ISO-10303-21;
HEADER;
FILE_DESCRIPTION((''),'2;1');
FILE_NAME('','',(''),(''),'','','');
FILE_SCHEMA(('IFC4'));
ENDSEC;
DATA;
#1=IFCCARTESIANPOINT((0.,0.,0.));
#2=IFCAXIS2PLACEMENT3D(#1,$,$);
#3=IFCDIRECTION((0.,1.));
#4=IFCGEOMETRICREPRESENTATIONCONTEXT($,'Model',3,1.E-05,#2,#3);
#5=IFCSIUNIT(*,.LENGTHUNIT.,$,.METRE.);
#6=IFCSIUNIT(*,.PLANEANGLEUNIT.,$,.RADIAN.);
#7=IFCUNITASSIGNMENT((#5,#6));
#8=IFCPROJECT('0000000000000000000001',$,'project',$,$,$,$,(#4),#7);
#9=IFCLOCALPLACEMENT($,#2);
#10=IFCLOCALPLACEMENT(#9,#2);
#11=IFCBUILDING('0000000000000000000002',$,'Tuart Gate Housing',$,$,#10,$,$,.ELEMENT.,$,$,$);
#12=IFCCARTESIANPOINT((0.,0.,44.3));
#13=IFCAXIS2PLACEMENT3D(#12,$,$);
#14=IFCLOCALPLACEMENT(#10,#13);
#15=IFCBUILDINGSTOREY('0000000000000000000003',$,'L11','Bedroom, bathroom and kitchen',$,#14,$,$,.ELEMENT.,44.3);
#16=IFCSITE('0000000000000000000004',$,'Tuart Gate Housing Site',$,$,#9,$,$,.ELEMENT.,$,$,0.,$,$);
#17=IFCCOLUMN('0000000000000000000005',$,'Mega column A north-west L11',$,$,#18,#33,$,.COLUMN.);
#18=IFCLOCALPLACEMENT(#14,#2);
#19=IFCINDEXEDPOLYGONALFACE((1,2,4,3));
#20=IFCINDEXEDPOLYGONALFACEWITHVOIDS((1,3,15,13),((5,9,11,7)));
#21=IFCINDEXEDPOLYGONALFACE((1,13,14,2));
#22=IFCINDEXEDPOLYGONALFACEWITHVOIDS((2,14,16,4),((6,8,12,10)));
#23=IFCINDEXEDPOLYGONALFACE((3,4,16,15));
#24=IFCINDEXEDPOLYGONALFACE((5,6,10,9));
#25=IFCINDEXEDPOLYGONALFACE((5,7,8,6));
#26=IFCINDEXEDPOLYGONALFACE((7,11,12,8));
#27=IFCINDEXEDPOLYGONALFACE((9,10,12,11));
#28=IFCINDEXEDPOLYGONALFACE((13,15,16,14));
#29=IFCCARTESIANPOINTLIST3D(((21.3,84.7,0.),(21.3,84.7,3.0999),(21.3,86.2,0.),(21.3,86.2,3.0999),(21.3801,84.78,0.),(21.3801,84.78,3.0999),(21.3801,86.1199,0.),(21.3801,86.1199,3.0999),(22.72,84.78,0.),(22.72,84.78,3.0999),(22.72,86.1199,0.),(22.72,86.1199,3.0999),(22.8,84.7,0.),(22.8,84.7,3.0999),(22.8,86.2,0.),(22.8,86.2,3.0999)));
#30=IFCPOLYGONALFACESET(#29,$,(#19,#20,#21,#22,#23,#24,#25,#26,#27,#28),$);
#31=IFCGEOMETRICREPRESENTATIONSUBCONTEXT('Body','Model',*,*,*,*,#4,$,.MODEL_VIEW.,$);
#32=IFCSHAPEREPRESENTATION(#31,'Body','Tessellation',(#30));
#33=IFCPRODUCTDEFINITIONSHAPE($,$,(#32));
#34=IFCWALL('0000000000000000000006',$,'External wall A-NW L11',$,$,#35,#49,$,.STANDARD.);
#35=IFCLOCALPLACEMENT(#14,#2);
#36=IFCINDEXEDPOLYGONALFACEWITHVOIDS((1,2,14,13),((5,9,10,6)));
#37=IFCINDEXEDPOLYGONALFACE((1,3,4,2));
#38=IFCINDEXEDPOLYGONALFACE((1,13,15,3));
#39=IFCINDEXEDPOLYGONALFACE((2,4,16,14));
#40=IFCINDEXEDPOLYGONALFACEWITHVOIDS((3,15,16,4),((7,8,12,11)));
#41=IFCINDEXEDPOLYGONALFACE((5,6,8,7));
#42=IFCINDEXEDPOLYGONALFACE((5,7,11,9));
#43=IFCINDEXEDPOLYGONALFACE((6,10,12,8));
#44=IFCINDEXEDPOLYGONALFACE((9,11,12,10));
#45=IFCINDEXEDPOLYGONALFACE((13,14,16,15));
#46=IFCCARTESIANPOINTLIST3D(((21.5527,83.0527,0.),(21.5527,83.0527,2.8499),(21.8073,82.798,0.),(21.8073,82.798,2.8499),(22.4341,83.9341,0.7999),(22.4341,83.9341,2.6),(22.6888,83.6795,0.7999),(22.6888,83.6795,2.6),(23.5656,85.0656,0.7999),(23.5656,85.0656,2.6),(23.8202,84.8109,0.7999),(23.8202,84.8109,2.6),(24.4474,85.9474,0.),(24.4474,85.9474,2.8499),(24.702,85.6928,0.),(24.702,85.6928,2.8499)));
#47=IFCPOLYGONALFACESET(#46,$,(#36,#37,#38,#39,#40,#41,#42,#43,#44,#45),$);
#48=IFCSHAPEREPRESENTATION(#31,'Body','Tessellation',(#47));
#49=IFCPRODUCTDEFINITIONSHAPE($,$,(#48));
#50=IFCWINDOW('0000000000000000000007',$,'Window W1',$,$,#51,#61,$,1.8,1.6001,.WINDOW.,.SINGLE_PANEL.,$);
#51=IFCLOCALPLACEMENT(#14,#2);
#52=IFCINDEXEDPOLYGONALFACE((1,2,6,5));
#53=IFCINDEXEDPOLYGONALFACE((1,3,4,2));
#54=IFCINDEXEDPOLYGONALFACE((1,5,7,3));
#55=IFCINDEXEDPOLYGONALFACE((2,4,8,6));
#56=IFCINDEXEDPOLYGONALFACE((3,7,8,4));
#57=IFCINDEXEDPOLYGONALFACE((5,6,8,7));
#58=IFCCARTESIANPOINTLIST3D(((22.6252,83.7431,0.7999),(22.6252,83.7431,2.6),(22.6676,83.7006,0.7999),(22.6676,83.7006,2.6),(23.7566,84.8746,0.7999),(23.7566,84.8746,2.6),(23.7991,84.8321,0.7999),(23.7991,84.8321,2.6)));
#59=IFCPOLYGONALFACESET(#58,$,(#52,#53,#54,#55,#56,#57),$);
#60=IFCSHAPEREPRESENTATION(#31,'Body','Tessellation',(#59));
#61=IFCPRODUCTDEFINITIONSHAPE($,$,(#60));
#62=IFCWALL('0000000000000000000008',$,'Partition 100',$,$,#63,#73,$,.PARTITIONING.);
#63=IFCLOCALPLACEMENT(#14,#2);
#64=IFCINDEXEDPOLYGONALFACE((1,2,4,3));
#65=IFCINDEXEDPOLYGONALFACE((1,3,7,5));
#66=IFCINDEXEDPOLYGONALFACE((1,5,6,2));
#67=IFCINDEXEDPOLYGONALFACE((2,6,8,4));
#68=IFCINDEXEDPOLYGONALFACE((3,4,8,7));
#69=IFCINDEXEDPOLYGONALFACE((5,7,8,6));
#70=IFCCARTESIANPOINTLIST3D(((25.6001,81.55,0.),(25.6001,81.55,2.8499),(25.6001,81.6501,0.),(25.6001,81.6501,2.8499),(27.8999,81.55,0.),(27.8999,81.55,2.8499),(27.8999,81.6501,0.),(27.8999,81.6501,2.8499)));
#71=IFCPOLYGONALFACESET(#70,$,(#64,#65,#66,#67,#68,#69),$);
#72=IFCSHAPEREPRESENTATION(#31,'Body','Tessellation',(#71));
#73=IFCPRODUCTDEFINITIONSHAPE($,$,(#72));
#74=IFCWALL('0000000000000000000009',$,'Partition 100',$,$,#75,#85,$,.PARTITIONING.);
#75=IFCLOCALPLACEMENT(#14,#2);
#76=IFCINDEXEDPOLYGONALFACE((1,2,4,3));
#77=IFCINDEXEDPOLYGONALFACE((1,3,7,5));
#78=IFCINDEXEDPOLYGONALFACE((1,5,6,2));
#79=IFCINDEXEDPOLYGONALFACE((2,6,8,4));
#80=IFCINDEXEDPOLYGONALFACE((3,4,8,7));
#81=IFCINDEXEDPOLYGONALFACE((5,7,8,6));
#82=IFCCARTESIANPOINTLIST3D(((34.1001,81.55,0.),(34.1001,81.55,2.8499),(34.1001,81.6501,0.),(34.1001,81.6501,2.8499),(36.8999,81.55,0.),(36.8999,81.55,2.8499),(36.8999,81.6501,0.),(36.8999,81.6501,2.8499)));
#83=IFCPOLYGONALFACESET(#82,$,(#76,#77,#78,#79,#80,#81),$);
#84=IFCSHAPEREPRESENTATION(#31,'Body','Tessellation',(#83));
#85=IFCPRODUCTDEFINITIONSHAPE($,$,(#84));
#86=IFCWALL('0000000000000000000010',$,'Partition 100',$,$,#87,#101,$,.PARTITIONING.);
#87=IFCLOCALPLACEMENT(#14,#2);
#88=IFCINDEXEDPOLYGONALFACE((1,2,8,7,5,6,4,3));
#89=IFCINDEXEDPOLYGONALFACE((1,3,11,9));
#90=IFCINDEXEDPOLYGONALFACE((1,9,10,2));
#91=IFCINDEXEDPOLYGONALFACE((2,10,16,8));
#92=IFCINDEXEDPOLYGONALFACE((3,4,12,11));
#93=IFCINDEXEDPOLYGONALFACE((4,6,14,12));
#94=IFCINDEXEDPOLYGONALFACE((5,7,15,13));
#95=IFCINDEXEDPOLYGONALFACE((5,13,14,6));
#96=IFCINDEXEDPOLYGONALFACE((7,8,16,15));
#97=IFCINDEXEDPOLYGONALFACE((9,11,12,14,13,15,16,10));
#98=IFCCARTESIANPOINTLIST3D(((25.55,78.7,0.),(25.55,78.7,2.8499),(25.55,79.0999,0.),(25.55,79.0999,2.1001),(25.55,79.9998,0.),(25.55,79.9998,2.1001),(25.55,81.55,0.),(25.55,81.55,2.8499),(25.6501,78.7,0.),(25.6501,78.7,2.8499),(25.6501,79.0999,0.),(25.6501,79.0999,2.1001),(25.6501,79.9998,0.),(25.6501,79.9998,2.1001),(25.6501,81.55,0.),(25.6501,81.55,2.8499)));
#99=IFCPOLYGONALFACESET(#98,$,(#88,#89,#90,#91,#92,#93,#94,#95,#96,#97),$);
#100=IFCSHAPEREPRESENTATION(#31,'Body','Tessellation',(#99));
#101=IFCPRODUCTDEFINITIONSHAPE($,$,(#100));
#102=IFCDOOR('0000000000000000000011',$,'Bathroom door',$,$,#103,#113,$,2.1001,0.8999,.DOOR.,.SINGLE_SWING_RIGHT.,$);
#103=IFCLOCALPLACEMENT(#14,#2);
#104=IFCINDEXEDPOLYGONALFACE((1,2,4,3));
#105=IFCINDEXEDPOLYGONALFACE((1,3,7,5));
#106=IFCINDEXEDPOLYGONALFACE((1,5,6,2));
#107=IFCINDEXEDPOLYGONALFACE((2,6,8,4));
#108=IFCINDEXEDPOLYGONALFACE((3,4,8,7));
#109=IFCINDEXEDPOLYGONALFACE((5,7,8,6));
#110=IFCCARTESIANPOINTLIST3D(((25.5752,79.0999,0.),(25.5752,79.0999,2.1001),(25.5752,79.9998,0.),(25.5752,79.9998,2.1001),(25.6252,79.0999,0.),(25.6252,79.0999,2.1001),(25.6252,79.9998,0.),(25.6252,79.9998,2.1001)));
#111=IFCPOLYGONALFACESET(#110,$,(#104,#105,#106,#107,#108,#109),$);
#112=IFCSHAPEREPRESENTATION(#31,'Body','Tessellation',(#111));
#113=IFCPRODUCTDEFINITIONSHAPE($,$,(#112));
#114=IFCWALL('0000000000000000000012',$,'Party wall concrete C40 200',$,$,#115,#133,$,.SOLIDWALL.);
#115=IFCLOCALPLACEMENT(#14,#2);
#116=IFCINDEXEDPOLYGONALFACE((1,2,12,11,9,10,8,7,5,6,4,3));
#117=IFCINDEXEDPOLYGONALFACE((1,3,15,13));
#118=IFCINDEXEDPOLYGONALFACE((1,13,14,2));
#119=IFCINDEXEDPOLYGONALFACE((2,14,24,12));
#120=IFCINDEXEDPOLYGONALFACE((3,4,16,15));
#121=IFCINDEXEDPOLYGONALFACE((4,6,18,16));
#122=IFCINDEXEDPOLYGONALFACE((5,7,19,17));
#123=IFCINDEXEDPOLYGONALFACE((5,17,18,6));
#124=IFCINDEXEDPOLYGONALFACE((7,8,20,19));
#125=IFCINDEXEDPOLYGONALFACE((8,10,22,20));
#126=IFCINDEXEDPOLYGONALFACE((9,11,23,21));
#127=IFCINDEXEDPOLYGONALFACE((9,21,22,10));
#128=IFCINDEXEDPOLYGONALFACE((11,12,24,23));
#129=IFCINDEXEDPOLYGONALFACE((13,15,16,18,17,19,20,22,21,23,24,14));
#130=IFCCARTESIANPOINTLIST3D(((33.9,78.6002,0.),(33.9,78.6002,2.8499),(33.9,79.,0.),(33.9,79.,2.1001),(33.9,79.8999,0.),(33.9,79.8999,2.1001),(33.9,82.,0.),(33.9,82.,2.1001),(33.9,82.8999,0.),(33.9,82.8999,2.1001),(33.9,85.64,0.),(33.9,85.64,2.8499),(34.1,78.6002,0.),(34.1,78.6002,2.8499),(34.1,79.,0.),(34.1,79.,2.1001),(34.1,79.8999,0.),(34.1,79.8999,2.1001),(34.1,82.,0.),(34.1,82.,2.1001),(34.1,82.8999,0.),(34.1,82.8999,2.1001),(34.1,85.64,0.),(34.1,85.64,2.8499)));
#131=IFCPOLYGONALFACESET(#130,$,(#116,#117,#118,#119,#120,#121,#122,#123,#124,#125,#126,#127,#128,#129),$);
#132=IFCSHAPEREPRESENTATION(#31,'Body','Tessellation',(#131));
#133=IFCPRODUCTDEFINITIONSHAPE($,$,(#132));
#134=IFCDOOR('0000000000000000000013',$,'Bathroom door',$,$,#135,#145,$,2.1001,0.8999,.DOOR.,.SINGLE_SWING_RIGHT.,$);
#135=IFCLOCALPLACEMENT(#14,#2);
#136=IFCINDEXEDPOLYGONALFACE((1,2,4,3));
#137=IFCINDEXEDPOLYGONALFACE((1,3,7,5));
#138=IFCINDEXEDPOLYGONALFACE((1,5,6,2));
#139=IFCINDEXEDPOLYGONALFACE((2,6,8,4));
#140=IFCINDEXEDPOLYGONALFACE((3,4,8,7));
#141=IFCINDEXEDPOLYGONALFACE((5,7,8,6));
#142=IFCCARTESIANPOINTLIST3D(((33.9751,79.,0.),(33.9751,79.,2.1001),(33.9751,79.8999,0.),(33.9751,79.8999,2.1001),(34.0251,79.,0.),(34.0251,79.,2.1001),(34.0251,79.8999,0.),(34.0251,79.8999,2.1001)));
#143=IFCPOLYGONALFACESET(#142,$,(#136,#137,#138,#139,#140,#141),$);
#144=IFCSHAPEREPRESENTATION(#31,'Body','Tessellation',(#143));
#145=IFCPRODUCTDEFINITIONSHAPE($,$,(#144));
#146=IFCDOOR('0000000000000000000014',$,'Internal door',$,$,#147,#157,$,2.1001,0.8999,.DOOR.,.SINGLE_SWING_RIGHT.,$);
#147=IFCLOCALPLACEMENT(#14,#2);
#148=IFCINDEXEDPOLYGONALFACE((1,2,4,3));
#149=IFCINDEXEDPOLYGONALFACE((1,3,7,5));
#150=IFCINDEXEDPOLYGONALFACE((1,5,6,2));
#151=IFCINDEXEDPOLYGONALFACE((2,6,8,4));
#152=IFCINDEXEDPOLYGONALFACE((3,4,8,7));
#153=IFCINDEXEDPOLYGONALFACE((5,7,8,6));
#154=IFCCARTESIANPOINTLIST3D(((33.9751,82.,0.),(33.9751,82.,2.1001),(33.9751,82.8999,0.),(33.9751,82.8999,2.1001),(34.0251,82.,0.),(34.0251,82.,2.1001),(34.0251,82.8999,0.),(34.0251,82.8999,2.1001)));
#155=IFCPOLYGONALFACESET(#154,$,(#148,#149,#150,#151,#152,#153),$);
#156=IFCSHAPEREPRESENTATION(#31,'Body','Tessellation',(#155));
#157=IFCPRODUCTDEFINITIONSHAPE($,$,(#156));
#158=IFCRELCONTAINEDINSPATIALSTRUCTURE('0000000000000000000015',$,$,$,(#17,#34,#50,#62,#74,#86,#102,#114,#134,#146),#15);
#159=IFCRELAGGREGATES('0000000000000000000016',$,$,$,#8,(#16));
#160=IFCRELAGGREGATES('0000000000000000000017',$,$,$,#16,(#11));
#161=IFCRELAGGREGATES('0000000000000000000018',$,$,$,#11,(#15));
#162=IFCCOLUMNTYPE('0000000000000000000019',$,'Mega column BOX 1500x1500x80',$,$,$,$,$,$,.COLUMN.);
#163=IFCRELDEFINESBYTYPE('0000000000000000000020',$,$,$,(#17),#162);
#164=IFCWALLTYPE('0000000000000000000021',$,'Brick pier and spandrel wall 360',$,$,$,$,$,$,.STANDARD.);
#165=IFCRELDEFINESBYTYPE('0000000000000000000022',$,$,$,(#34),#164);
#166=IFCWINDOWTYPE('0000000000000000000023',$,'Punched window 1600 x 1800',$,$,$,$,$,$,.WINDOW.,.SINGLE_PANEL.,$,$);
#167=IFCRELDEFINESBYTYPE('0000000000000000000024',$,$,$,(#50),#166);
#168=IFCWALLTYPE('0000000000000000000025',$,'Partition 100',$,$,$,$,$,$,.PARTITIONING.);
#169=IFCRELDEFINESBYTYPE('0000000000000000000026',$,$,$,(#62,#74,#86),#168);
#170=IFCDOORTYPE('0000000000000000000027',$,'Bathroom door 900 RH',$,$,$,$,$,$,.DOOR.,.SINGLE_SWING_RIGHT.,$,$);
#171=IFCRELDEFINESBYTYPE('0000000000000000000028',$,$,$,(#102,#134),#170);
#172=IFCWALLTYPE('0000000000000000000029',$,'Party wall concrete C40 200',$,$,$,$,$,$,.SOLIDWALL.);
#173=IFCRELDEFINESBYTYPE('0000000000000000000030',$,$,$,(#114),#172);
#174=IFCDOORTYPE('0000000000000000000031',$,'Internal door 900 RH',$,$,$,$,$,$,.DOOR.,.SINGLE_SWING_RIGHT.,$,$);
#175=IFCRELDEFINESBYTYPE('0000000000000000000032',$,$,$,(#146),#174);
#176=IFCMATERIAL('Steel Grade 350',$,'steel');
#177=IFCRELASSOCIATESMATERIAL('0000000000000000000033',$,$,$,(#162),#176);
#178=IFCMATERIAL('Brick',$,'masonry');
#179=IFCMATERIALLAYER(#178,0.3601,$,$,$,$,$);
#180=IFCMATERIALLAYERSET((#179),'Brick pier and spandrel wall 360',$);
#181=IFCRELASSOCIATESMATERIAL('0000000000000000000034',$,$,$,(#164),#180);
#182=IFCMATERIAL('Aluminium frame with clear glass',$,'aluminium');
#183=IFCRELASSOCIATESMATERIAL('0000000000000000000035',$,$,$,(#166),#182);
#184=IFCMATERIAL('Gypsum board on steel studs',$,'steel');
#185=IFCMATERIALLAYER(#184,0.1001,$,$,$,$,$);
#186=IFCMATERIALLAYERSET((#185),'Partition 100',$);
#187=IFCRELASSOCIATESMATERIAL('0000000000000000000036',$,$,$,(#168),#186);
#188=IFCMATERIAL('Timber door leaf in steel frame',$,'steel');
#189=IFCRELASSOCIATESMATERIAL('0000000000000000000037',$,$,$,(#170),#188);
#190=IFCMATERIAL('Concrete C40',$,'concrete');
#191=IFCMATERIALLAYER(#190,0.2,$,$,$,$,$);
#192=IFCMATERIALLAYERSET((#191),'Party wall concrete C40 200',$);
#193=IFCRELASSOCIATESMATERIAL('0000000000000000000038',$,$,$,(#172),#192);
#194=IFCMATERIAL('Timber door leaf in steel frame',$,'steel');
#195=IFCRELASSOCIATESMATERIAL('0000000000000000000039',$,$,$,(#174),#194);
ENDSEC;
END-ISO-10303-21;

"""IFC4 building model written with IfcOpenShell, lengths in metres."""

from ifc_helpers import new_model, si_unit, direction, frame, frame_2d, origin, origin_2d, place, context, subcontext, project, spatial, rectangle, hollow_rectangle, extrude, material, layer, layer_set, material_profile, profile_set, type_object, element, fill, save


model = new_model("IFC4")

# Units and contexts
model_context = context("Model", 3, precision=1e-05, world=origin(), true_north=direction((0.0, 1.0)))
body_context = subcontext(model_context, "Body", "Model", "MODEL_VIEW")
ifc_project = project(units=[si_unit("LENGTHUNIT", "METRE"), si_unit("PLANEANGLEUNIT", "RADIAN")], contexts=[model_context])

# Site, building, storey
site_placement = place(None, origin())
site = spatial("IfcSite", under=ifc_project, at=site_placement, Name="Tuart Gate Housing Site", CompositionType="ELEMENT", RefElevation=0.0)
building_placement = place(site_placement, origin())
building = spatial("IfcBuilding", under=site, at=building_placement, Name="Tuart Gate Housing", CompositionType="ELEMENT")
storey_placement = place(building_placement, frame((0.0, 0.0, 44.3)))
storey = spatial("IfcBuildingStorey", under=building, at=storey_placement, Name="L11", Description="Bedroom, bathroom and kitchen", CompositionType="ELEMENT", Elevation=44.3)

# Column
ifc_material_1 = material(Name="Steel Grade 350", Category="steel")
ifc_material_profile = material_profile(ifc_material_1, hollow_rectangle(XDim=1.5, YDim=1.5, WallThickness=0.0801, at=origin_2d()), Name="BOX 1500x1500x80")
ifc_profile_set = profile_set([ifc_material_profile], Name="Steel Grade 350")
column_type = type_object("IfcColumnType", Name="Mega column BOX 1500x1500x80", PredefinedType="COLUMN", material=ifc_profile_set)
column_placement = place(storey_placement, frame((22.05, 85.45, 0.0), z_axis=(0.0, 0.0, 1.0), x_axis=(1.0, 0.0, 0.0)))
element("IfcColumn", 1, at=column_placement, inside=storey, type_object=column_type, Name="Mega column A north-west L11", PredefinedType="COLUMN", context=body_context, shape_type="SweptSolid", body=[
    extrude(hollow_rectangle(XDim=1.5, YDim=1.5, WallThickness=0.0801, at=origin_2d()), origin(), (0.0, 0.0, 1.0), 3.0999),
])

# Wall, opening, window
ifc_material_2 = material(Name="Brick", Category="masonry")
ifc_layer_1 = layer(ifc_material_2, 0.3601)
ifc_layer_set_1 = layer_set([ifc_layer_1], Name="Brick pier and spandrel wall 360")
wall_type_1 = type_object("IfcWallType", Name="Brick pier and spandrel wall 360", PredefinedType="STANDARD", material=ifc_layer_set_1)
wall_1_placement = place(storey_placement, frame((24.5747, 85.8201, 0.0), z_axis=(0.0, 0.0, 1.0), x_axis=(-0.707107, -0.707107, 0.0)))
wall_1 = element("IfcWall", 2, at=wall_1_placement, inside=storey, type_object=wall_type_1, Name="External wall A-NW L11", PredefinedType="STANDARD", context=body_context, shape_type="SweptSolid", body=[
    extrude(rectangle(XDim=4.0938, YDim=0.3601, at=frame_2d((2.0469, 0.0))), origin(), (0.0, 0.0, 1.0), 2.8499),
])
opening_1_placement = place(wall_1_placement, frame((1.2471, 0.0, 0.8)))
opening_1 = element("IfcOpeningElement", 3, at=opening_1_placement, cuts=wall_1, PredefinedType="OPENING", context=body_context, shape_type="SweptSolid", body=[
    extrude(rectangle(XDim=1.6001, YDim=1.8, at=frame_2d((0.8, 0.8999))), frame((0.0, 0.1899, 0.0), z_axis=(0.0, -1.0, 0.0), x_axis=(1.0, 0.0, 0.0)), (0.0, 0.0, 1.0), 0.3801),
])
ifc_material_3 = material(Name="Aluminium frame with clear glass", Category="aluminium")
window_type_1 = type_object("IfcWindowType", Name="Punched window 1600 x 1800", PartitioningType="SINGLE_PANEL", PredefinedType="WINDOW", material=ifc_material_3)
window_1_placement = place(opening_1_placement, origin())
window_1 = element("IfcWindow", 4, at=window_1_placement, inside=storey, type_object=window_type_1, Name="Window W1", OverallHeight=1.8, OverallWidth=1.6001, PartitioningType="SINGLE_PANEL", PredefinedType="WINDOW", context=body_context, shape_type="SweptSolid", body=[
    extrude(rectangle(XDim=1.6001, YDim=1.8, at=frame_2d((0.8, 0.8999))), frame((0.0, 0.1501, 0.0), z_axis=(0.0, -1.0, 0.0), x_axis=(1.0, 0.0, 0.0)), (0.0, 0.0, 1.0), 0.0601),
])
fill(opening_1, window_1)

# Walls
ifc_material_4 = material(Name="Gypsum board on steel studs", Category="steel")
ifc_layer_2 = layer(ifc_material_4, 0.1001)
ifc_layer_set_2 = layer_set([ifc_layer_2], Name="Partition 100")
wall_type_2 = type_object("IfcWallType", Name="Partition 100", PredefinedType="PARTITIONING", material=ifc_layer_set_2)
wall_2_placement = place(storey_placement, frame((25.6001, 81.6001, 0.0), z_axis=(0.0, 0.0, 1.0), x_axis=(1.0, 0.0, 0.0)))
element("IfcWall", 5, at=wall_2_placement, inside=storey, type_object=wall_type_2, Name="Partition 100", PredefinedType="PARTITIONING", context=body_context, shape_type="SweptSolid", body=[
    extrude(rectangle(XDim=2.2998, YDim=0.1001, at=frame_2d((1.1499, 0.0))), origin(), (0.0, 0.0, 1.0), 2.8499),
])
wall_3_placement = place(storey_placement, frame((34.1001, 81.6001, 0.0), z_axis=(0.0, 0.0, 1.0), x_axis=(1.0, 0.0, 0.0)))
element("IfcWall", 6, at=wall_3_placement, inside=storey, type_object=wall_type_2, Name="Partition 100", PredefinedType="PARTITIONING", context=body_context, shape_type="SweptSolid", body=[
    extrude(rectangle(XDim=2.7998, YDim=0.1001, at=frame_2d((1.3999, 0.0))), origin(), (0.0, 0.0, 1.0), 2.8499),
])

# Wall, opening, door
wall_4_placement = place(storey_placement, frame((25.6001, 78.7, 0.0), z_axis=(0.0, 0.0, 1.0), x_axis=(0.0, 1.0, 0.0)))
wall_4 = element("IfcWall", 7, at=wall_4_placement, inside=storey, type_object=wall_type_2, Name="Partition 100", PredefinedType="PARTITIONING", context=body_context, shape_type="SweptSolid", body=[
    extrude(rectangle(XDim=2.8501, YDim=0.1001, at=frame_2d((1.425, 0.0))), origin(), (0.0, 0.0, 1.0), 2.8499),
])
opening_2_placement = place(wall_4_placement, frame((0.3999, 0.0, 0.0)))
opening_2 = element("IfcOpeningElement", 8, at=opening_2_placement, cuts=wall_4, PredefinedType="OPENING", context=body_context, shape_type="SweptSolid", body=[
    extrude(rectangle(XDim=0.8999, YDim=2.1001, at=frame_2d((0.45, 1.05))), frame((0.0, 0.0601, 0.0), z_axis=(0.0, -1.0, 0.0), x_axis=(1.0, 0.0, 0.0)), (0.0, 0.0, 1.0), 0.1201),
])
ifc_material_5 = material(Name="Timber door leaf in steel frame", Category="steel")
door_type_1 = type_object("IfcDoorType", Name="Bathroom door 900 RH", OperationType="SINGLE_SWING_RIGHT", PredefinedType="DOOR", material=ifc_material_5)
door_1_placement = place(opening_2_placement, frame((0.8999, 0.0, 0.0), z_axis=(0.0, 0.0, 1.0), x_axis=(-1.0, 0.0, 0.0)))
door_1 = element("IfcDoor", 9, at=door_1_placement, inside=storey, type_object=door_type_1, Name="Bathroom door", OperationType="SINGLE_SWING_RIGHT", OverallHeight=2.1001, OverallWidth=0.8999, PredefinedType="DOOR", context=body_context, shape_type="SweptSolid", body=[
    extrude(rectangle(XDim=0.8999, YDim=2.1001, at=frame_2d((0.45, 1.05))), frame((0.0, 0.0251, 0.0), z_axis=(0.0, -1.0, 0.0), x_axis=(1.0, 0.0, 0.0)), (0.0, 0.0, 1.0), 0.05),
])
fill(opening_2, door_1)

# Wall, openings, doors
ifc_material_6 = material(Name="Concrete C40", Category="concrete")
ifc_layer_3 = layer(ifc_material_6, 0.2)
ifc_layer_set_3 = layer_set([ifc_layer_3], Name="Party wall concrete C40 200")
wall_type_3 = type_object("IfcWallType", Name="Party wall concrete C40 200", PredefinedType="SOLIDWALL", material=ifc_layer_set_3)
wall_5_placement = place(storey_placement, frame((34.0, 78.6001, 0.0), z_axis=(0.0, 0.0, 1.0), x_axis=(0.0, 1.0, 0.0)))
wall_5 = element("IfcWall", 10, at=wall_5_placement, inside=storey, type_object=wall_type_3, Name="Party wall concrete C40 200", PredefinedType="SOLIDWALL", context=body_context, shape_type="SweptSolid", body=[
    extrude(rectangle(XDim=7.0398, YDim=0.2, at=frame_2d((3.52, 0.0))), origin(), (0.0, 0.0, 1.0), 2.8499),
])
opening_3_placement = place(wall_5_placement, frame((3.3999, 0.0, 0.0)))
opening_3 = element("IfcOpeningElement", 11, at=opening_3_placement, cuts=wall_5, PredefinedType="OPENING", context=body_context, shape_type="SweptSolid", body=[
    extrude(rectangle(XDim=0.8999, YDim=2.1001, at=frame_2d((0.45, 1.05))), frame((0.0, 0.1099, 0.0), z_axis=(0.0, -1.0, 0.0), x_axis=(1.0, 0.0, 0.0)), (0.0, 0.0, 1.0), 0.22),
])
opening_4_placement = place(wall_5_placement, frame((0.3999, 0.0, 0.0)))
opening_4 = element("IfcOpeningElement", 12, at=opening_4_placement, cuts=wall_5, PredefinedType="OPENING", context=body_context, shape_type="SweptSolid", body=[
    extrude(rectangle(XDim=0.8999, YDim=2.1001, at=frame_2d((0.45, 1.05))), frame((0.0, 0.1099, 0.0), z_axis=(0.0, -1.0, 0.0), x_axis=(1.0, 0.0, 0.0)), (0.0, 0.0, 1.0), 0.22),
])
door_2_placement = place(opening_4_placement, frame((0.8999, 0.0, 0.0), z_axis=(0.0, 0.0, 1.0), x_axis=(-1.0, 0.0, 0.0)))
door_2 = element("IfcDoor", 13, at=door_2_placement, inside=storey, type_object=door_type_1, Name="Bathroom door", OperationType="SINGLE_SWING_RIGHT", OverallHeight=2.1001, OverallWidth=0.8999, PredefinedType="DOOR", context=body_context, shape_type="SweptSolid", body=[
    extrude(rectangle(XDim=0.8999, YDim=2.1001, at=frame_2d((0.45, 1.05))), frame((0.0, 0.0251, 0.0), z_axis=(0.0, -1.0, 0.0), x_axis=(1.0, 0.0, 0.0)), (0.0, 0.0, 1.0), 0.05),
])
fill(opening_4, door_2)
ifc_material_7 = material(Name="Timber door leaf in steel frame", Category="steel")
door_type_2 = type_object("IfcDoorType", Name="Internal door 900 RH", OperationType="SINGLE_SWING_RIGHT", PredefinedType="DOOR", material=ifc_material_7)
door_3_placement = place(opening_3_placement, frame((0.8999, 0.0, 0.0), z_axis=(0.0, 0.0, 1.0), x_axis=(-1.0, 0.0, 0.0)))
door_3 = element("IfcDoor", 14, at=door_3_placement, inside=storey, type_object=door_type_2, Name="Internal door", OperationType="SINGLE_SWING_RIGHT", OverallHeight=2.1001, OverallWidth=0.8999, PredefinedType="DOOR", context=body_context, shape_type="SweptSolid", body=[
    extrude(rectangle(XDim=0.8999, YDim=2.1001, at=frame_2d((0.45, 1.05))), frame((0.0, 0.0251, 0.0), z_axis=(0.0, -1.0, 0.0), x_axis=(1.0, 0.0, 0.0)), (0.0, 0.0, 1.0), 0.05),
])
fill(opening_3, door_3)

save(model, "model.ifc")
